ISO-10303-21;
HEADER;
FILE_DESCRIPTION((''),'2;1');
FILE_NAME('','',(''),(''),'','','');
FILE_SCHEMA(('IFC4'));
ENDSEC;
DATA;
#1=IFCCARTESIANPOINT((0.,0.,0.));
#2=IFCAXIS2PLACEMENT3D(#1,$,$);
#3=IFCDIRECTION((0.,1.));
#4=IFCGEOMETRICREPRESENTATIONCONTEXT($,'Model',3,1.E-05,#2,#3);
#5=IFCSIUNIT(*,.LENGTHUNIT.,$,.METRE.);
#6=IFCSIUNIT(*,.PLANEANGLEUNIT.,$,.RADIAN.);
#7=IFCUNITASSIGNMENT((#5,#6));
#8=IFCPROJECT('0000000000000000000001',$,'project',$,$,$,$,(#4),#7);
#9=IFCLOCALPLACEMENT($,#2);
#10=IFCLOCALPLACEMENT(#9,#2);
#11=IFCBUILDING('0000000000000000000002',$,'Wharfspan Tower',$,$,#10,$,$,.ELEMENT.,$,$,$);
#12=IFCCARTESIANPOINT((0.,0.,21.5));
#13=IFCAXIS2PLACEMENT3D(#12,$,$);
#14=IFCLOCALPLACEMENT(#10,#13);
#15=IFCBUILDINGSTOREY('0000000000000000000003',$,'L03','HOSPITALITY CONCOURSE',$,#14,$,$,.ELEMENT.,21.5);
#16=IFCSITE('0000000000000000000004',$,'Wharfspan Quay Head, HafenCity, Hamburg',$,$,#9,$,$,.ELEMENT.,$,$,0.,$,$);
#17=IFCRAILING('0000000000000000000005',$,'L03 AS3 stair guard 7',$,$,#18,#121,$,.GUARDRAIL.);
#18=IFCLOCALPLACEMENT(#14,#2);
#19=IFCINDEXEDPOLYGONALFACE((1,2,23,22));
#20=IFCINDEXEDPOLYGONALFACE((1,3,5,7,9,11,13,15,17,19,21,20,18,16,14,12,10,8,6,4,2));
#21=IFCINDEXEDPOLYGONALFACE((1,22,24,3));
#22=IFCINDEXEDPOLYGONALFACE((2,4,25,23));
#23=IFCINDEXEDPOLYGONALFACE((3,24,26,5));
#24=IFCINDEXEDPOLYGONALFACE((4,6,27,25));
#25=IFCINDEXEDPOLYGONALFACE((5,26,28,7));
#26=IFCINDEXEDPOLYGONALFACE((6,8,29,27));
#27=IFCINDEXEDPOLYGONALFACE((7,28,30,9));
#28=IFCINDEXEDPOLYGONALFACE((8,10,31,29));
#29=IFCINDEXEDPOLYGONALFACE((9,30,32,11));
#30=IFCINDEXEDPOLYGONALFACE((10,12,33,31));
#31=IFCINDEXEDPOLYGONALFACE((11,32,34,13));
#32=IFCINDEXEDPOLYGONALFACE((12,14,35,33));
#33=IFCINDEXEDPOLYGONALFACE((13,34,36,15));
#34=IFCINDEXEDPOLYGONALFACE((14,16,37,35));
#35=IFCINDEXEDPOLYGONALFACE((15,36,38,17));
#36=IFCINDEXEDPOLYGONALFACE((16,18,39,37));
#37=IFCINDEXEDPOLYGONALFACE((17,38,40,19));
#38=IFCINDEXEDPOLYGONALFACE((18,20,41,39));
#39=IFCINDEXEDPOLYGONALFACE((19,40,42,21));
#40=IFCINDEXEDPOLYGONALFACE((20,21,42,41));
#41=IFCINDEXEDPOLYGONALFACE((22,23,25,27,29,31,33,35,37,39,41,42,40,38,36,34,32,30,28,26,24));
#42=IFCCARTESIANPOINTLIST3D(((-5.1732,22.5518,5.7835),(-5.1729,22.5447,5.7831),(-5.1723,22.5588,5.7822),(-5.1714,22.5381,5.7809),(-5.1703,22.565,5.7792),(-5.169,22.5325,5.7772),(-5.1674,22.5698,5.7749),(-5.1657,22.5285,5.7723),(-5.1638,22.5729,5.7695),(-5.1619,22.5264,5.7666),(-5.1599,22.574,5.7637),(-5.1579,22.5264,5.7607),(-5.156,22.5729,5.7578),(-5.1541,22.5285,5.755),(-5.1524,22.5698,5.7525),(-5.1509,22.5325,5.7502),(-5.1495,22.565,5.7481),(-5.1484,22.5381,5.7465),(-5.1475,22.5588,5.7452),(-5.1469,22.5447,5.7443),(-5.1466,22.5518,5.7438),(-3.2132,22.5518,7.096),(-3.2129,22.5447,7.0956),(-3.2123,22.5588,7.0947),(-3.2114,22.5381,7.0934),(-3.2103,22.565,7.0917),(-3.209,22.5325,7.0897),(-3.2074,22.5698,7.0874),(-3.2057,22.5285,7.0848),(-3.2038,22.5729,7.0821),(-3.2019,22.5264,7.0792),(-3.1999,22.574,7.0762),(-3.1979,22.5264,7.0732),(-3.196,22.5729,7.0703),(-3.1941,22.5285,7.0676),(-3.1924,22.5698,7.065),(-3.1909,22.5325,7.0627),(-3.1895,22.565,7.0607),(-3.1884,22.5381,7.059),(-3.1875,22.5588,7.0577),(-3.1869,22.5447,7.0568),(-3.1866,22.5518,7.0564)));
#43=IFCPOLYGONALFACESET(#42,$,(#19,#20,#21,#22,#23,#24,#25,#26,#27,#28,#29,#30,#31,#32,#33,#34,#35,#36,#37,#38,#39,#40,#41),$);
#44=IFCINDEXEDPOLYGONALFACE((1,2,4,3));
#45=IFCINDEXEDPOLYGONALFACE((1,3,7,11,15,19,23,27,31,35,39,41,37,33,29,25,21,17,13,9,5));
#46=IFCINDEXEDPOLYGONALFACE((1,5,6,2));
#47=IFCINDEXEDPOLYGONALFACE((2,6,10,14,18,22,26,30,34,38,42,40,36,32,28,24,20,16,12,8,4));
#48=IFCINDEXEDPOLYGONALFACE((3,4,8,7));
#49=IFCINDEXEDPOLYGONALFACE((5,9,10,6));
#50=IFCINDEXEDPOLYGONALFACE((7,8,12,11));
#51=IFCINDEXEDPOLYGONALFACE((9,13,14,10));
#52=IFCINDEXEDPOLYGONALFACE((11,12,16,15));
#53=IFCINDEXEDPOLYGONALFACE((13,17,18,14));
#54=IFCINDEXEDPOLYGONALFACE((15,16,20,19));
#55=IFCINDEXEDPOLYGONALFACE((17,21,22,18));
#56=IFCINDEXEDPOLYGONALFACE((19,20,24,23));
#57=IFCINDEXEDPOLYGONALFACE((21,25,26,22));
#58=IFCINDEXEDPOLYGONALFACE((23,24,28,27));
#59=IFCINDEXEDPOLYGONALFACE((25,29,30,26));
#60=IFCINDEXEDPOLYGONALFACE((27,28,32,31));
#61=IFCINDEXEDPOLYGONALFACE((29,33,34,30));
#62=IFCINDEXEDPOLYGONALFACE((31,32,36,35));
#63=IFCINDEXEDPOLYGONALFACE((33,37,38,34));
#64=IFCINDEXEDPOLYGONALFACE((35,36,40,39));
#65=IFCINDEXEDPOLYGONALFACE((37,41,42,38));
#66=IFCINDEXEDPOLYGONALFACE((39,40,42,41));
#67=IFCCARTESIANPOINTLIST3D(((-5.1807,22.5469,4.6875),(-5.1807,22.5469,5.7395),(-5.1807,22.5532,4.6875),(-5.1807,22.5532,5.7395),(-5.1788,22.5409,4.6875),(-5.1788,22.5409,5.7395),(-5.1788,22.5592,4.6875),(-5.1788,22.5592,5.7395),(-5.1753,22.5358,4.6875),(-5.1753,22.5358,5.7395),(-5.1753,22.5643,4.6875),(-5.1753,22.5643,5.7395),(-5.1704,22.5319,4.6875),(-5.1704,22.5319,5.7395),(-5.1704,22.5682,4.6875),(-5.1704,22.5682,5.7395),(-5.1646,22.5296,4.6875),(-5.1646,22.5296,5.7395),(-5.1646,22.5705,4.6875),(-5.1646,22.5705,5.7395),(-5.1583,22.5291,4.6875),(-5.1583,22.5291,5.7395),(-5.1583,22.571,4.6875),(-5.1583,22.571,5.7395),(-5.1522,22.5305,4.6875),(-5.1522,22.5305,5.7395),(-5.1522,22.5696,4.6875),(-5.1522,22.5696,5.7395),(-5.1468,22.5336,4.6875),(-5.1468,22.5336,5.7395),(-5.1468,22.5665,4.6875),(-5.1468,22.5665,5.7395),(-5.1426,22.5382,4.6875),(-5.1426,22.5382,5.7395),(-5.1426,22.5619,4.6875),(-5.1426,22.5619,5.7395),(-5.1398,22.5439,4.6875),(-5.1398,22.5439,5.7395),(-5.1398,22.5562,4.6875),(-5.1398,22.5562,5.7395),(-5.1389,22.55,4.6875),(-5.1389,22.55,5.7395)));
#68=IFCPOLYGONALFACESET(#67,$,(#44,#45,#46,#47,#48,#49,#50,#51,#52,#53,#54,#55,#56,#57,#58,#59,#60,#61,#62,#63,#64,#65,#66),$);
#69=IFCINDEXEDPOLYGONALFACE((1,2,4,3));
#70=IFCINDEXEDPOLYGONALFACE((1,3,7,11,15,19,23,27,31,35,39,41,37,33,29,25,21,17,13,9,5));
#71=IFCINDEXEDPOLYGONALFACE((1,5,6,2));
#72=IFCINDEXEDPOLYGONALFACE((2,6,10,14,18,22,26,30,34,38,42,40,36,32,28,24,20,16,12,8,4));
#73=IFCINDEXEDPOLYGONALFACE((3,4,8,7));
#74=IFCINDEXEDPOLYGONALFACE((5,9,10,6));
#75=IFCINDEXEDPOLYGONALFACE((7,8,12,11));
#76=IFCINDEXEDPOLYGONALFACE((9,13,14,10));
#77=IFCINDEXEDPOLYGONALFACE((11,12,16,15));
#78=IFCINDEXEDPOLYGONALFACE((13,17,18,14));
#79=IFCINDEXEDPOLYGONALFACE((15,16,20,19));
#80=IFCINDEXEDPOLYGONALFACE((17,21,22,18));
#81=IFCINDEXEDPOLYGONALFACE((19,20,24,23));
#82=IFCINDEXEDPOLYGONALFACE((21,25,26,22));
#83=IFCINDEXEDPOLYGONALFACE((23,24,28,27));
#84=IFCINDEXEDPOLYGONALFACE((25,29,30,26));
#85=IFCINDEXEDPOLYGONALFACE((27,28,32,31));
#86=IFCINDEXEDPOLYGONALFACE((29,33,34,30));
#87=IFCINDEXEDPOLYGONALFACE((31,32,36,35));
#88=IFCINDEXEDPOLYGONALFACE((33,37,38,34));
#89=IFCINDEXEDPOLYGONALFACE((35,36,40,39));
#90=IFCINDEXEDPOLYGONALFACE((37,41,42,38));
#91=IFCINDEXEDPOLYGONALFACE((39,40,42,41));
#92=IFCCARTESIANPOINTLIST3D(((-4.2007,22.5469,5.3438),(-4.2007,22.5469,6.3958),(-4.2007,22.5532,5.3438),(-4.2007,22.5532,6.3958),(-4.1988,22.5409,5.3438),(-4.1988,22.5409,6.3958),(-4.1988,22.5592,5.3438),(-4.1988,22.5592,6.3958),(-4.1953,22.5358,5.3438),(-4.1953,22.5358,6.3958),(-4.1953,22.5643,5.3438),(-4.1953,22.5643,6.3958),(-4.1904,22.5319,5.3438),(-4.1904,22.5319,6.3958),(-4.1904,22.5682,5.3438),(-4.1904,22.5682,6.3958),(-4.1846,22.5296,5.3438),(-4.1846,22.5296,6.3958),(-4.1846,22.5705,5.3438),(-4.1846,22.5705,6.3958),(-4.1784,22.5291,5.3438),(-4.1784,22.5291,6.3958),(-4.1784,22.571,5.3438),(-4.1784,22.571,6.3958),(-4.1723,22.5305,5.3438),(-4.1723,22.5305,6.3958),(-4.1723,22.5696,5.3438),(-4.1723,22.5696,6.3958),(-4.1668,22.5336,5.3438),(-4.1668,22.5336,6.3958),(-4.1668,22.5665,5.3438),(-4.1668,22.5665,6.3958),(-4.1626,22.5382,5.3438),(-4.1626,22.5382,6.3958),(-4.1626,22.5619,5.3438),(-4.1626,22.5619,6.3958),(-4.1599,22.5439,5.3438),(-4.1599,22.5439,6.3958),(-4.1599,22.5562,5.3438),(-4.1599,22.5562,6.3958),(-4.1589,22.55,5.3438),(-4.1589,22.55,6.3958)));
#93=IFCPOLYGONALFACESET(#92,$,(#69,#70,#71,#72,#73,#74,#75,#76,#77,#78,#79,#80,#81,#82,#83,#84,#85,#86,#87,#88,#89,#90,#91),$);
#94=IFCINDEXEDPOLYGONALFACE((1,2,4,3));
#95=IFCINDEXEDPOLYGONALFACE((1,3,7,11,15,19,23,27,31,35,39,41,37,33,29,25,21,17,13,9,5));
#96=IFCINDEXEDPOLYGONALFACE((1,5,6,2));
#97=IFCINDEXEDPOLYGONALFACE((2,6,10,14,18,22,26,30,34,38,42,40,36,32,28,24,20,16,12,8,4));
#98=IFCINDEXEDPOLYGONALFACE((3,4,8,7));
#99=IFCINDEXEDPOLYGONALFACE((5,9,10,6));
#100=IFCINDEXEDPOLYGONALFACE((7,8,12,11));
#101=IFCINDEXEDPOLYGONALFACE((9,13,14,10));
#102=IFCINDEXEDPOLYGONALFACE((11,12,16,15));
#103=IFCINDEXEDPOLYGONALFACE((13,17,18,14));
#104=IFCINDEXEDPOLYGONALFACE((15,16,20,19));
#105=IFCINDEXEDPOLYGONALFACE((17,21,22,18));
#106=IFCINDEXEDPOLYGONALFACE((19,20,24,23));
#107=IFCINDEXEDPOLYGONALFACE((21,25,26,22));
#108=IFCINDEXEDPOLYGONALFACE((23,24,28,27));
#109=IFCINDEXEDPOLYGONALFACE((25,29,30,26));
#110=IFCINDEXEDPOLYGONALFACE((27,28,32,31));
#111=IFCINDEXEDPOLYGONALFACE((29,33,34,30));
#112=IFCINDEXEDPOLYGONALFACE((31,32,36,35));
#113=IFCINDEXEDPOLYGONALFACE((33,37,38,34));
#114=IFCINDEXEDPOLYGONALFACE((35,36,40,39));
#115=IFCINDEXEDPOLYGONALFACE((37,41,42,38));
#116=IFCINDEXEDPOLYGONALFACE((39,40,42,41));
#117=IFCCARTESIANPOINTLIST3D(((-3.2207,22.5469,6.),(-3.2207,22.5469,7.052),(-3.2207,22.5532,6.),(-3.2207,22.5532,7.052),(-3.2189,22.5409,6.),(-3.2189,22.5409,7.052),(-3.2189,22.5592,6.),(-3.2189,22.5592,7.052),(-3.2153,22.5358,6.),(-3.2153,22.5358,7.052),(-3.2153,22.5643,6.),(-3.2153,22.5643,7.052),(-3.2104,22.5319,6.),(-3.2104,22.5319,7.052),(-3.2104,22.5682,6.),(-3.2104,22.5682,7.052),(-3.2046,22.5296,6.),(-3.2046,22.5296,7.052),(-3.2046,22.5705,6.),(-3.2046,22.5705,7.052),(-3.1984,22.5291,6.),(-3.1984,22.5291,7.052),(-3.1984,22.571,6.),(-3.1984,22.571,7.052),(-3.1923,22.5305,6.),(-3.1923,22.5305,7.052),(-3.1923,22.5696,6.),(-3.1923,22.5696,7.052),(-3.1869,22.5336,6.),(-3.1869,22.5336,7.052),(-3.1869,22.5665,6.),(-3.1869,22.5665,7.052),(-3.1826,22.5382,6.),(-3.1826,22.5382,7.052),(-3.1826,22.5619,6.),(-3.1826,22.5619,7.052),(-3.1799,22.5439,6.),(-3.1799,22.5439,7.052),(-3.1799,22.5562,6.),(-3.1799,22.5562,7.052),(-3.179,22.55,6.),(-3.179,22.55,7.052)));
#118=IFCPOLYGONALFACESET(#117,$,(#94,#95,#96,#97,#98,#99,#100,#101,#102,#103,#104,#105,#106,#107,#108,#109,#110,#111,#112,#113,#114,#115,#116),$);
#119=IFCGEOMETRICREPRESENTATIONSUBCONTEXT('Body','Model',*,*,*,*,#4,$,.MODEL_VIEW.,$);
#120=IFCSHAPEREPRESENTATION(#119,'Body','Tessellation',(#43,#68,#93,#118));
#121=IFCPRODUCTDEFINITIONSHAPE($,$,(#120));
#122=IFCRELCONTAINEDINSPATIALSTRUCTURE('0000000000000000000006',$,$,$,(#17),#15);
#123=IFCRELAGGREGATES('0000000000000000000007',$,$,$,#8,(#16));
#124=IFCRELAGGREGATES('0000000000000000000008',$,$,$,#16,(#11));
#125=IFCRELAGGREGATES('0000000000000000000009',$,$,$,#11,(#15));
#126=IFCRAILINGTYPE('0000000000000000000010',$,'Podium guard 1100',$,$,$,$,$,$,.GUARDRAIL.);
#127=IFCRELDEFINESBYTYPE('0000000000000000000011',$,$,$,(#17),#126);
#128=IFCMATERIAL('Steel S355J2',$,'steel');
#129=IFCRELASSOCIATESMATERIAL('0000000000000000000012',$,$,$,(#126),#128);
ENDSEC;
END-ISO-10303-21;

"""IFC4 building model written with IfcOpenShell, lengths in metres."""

from ifc_helpers import new_model, si_unit, direction, frame, origin, origin_2d, place, context, subcontext, project, spatial, circle, extrude, material, type_object, element, save


model = new_model("IFC4")

# Units and contexts
model_context = context("Model", 3, precision=1e-05, world=origin(), true_north=direction((0.0, 1.0)))
body_context = subcontext(model_context, "Body", "Model", "MODEL_VIEW")
ifc_project = project(units=[si_unit("LENGTHUNIT", "METRE"), si_unit("PLANEANGLEUNIT", "RADIAN")], contexts=[model_context])

# Site, building, storey
site_placement = place(None, origin())
site = spatial("IfcSite", under=ifc_project, at=site_placement, Name="Wharfspan Quay Head, HafenCity, Hamburg", CompositionType="ELEMENT", RefElevation=0.0)
building_placement = place(site_placement, origin())
building = spatial("IfcBuilding", under=site, at=building_placement, Name="Wharfspan Tower", CompositionType="ELEMENT")
storey_placement = place(building_placement, frame((0.0, 0.0, 21.5)))
storey = spatial("IfcBuildingStorey", under=building, at=storey_placement, Name="L03", Description="HOSPITALITY CONCOURSE", CompositionType="ELEMENT", Elevation=21.5)

# Railing
ifc_material_1 = material(Name="Steel S355J2", Category="steel")
railing_type_1 = type_object("IfcRailingType", Name="Podium guard 1100", PredefinedType="GUARDRAIL", material=ifc_material_1)
railing_1_placement = place(storey_placement, frame((-5.1599, 22.55, 4.6875)))
element("IfcRailing", 1, at=railing_1_placement, inside=storey, type_object=railing_type_1, Name="L03 AS3 stair guard 7", PredefinedType="GUARDRAIL", context=body_context, shape_type="SweptSolid", body=[
    extrude(circle(Radius=0.0239, at=origin_2d()), frame((0.0, 0.0, 1.0762), z_axis=(0.830902, 0.0, 0.556419), x_axis=(0.0, 1.0, 0.0)), (0.0, 0.0, 1.0), 2.3589),
    extrude(circle(Radius=0.021, at=origin_2d()), origin(), (0.0, 0.0, 1.0), 1.052),
    extrude(circle(Radius=0.021, at=origin_2d()), frame((0.98, 0.0, 0.6562)), (0.0, 0.0, 1.0), 1.052),
    extrude(circle(Radius=0.021, at=origin_2d()), frame((1.96, 0.0, 1.3125)), (0.0, 0.0, 1.0), 1.052),
])

save(model, "model.ifc")
